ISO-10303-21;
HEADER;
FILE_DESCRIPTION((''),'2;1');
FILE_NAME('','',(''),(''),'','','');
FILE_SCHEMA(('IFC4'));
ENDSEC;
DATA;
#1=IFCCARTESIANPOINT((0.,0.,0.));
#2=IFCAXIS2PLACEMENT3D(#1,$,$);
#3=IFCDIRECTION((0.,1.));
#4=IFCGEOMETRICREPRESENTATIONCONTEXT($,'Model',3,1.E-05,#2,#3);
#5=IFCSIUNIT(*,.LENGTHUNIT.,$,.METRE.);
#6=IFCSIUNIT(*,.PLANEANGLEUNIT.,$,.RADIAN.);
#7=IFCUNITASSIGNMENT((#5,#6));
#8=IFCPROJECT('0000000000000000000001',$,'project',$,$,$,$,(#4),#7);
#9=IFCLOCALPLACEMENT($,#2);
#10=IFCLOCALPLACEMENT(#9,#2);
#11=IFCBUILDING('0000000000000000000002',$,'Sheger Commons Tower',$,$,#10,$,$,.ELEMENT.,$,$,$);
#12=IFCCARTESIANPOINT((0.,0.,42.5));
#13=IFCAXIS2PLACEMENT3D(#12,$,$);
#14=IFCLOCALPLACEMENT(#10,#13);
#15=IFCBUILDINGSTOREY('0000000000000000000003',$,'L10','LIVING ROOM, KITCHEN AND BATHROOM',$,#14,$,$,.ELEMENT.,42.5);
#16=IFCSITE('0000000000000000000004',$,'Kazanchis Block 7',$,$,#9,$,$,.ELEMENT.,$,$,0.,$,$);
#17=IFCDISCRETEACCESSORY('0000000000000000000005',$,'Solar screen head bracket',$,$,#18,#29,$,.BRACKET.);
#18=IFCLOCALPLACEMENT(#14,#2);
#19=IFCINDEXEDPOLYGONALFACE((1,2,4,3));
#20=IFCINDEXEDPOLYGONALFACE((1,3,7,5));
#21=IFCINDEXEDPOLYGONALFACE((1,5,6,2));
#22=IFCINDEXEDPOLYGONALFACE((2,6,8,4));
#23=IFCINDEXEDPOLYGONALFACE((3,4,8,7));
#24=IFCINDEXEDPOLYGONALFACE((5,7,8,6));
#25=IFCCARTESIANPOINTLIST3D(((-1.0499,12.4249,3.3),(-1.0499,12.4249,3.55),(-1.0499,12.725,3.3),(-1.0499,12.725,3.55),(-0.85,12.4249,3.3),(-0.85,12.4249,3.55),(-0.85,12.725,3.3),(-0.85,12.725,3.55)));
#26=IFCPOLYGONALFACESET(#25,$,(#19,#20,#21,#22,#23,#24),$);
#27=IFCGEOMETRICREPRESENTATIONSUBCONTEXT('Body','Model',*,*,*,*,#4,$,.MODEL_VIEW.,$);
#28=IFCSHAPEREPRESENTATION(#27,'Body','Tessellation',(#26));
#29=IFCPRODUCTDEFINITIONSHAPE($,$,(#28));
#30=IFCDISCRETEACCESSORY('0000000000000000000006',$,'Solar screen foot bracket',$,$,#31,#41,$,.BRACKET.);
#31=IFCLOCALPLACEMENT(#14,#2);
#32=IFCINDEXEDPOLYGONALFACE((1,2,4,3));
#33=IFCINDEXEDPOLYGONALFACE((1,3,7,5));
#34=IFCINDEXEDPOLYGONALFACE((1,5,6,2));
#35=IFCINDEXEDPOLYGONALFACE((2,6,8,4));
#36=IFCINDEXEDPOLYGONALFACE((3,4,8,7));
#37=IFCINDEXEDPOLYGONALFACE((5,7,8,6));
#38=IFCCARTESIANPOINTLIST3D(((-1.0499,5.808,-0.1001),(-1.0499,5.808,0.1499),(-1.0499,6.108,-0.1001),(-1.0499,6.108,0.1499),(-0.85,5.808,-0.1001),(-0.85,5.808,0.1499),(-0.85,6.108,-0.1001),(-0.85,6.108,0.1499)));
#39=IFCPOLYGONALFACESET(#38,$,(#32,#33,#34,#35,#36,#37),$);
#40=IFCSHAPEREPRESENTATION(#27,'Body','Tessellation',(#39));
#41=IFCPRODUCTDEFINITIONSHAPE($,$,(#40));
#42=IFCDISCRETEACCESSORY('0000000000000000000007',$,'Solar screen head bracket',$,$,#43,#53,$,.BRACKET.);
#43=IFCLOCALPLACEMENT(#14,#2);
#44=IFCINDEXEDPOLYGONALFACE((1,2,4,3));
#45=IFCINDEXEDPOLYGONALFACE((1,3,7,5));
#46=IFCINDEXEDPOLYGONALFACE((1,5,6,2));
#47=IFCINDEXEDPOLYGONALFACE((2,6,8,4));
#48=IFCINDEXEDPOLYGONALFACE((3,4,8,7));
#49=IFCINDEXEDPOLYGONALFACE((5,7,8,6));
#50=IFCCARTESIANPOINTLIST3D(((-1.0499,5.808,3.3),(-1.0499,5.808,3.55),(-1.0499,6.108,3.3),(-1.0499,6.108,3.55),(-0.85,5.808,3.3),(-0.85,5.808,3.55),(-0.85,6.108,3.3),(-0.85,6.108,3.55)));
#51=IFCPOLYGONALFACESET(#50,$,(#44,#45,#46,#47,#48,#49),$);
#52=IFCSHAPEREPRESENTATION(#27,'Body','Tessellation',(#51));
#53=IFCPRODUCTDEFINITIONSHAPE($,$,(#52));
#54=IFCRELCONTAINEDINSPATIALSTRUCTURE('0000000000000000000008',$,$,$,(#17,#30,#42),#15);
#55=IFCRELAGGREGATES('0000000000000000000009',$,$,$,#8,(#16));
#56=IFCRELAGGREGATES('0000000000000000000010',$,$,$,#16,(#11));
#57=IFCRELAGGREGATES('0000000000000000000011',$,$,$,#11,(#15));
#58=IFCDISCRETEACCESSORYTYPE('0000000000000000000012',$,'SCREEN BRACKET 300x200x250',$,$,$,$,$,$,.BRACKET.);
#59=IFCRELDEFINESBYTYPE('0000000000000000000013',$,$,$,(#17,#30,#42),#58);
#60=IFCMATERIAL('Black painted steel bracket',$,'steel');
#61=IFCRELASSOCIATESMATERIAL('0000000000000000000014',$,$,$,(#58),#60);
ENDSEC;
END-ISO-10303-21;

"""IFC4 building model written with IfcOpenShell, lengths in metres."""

from ifc_helpers import new_model, si_unit, direction, frame, origin, origin_2d, place, context, subcontext, project, spatial, rectangle, extrude, material, type_object, element, save


model = new_model("IFC4")

# Units and contexts
model_context = context("Model", 3, precision=1e-05, world=origin(), true_north=direction((0.0, 1.0)))
body_context = subcontext(model_context, "Body", "Model", "MODEL_VIEW")
ifc_project = project(units=[si_unit("LENGTHUNIT", "METRE"), si_unit("PLANEANGLEUNIT", "RADIAN")], contexts=[model_context])

# Site, building, storey
site_placement = place(None, origin())
site = spatial("IfcSite", under=ifc_project, at=site_placement, Name="Kazanchis Block 7", CompositionType="ELEMENT", RefElevation=0.0)
building_placement = place(site_placement, origin())
building = spatial("IfcBuilding", under=site, at=building_placement, Name="Sheger Commons Tower", CompositionType="ELEMENT")
storey_placement = place(building_placement, frame((0.0, 0.0, 42.5)))
storey = spatial("IfcBuildingStorey", under=building, at=storey_placement, Name="L10", Description="LIVING ROOM, KITCHEN AND BATHROOM", CompositionType="ELEMENT", Elevation=42.5)

# Discrete accessories
ifc_material_1 = material(Name="Black painted steel bracket", Category="steel")
discrete_accessory_type = type_object("IfcDiscreteAccessoryType", Name="SCREEN BRACKET 300x200x250", PredefinedType="BRACKET", material=ifc_material_1)
for number, where, z_axis, x_axis, name in (
    (1, (-0.95, 12.575, 3.3), (0.0, 0.0, 1.0), (0.0, -1.0, 0.0), "Solar screen head bracket"),
    (2, (-0.95, 5.958, -0.1001), (0.0, 0.0, 1.0), (0.0, -1.0, 0.0), "Solar screen foot bracket"),
    (3, (-0.95, 5.958, 3.3), (0.0, 0.0, 1.0), (0.0, -1.0, 0.0), "Solar screen head bracket"),
):
    element("IfcDiscreteAccessory", number, at=place(storey_placement, frame(where, z_axis=z_axis, x_axis=x_axis)), inside=storey, type_object=discrete_accessory_type, Name=name, PredefinedType="BRACKET", context=body_context, shape_type="SweptSolid", body=[
        extrude(rectangle(XDim=0.3, YDim=0.2, at=origin_2d()), origin(), (0.0, 0.0, 1.0), 0.25),
    ])

save(model, "model.ifc")
